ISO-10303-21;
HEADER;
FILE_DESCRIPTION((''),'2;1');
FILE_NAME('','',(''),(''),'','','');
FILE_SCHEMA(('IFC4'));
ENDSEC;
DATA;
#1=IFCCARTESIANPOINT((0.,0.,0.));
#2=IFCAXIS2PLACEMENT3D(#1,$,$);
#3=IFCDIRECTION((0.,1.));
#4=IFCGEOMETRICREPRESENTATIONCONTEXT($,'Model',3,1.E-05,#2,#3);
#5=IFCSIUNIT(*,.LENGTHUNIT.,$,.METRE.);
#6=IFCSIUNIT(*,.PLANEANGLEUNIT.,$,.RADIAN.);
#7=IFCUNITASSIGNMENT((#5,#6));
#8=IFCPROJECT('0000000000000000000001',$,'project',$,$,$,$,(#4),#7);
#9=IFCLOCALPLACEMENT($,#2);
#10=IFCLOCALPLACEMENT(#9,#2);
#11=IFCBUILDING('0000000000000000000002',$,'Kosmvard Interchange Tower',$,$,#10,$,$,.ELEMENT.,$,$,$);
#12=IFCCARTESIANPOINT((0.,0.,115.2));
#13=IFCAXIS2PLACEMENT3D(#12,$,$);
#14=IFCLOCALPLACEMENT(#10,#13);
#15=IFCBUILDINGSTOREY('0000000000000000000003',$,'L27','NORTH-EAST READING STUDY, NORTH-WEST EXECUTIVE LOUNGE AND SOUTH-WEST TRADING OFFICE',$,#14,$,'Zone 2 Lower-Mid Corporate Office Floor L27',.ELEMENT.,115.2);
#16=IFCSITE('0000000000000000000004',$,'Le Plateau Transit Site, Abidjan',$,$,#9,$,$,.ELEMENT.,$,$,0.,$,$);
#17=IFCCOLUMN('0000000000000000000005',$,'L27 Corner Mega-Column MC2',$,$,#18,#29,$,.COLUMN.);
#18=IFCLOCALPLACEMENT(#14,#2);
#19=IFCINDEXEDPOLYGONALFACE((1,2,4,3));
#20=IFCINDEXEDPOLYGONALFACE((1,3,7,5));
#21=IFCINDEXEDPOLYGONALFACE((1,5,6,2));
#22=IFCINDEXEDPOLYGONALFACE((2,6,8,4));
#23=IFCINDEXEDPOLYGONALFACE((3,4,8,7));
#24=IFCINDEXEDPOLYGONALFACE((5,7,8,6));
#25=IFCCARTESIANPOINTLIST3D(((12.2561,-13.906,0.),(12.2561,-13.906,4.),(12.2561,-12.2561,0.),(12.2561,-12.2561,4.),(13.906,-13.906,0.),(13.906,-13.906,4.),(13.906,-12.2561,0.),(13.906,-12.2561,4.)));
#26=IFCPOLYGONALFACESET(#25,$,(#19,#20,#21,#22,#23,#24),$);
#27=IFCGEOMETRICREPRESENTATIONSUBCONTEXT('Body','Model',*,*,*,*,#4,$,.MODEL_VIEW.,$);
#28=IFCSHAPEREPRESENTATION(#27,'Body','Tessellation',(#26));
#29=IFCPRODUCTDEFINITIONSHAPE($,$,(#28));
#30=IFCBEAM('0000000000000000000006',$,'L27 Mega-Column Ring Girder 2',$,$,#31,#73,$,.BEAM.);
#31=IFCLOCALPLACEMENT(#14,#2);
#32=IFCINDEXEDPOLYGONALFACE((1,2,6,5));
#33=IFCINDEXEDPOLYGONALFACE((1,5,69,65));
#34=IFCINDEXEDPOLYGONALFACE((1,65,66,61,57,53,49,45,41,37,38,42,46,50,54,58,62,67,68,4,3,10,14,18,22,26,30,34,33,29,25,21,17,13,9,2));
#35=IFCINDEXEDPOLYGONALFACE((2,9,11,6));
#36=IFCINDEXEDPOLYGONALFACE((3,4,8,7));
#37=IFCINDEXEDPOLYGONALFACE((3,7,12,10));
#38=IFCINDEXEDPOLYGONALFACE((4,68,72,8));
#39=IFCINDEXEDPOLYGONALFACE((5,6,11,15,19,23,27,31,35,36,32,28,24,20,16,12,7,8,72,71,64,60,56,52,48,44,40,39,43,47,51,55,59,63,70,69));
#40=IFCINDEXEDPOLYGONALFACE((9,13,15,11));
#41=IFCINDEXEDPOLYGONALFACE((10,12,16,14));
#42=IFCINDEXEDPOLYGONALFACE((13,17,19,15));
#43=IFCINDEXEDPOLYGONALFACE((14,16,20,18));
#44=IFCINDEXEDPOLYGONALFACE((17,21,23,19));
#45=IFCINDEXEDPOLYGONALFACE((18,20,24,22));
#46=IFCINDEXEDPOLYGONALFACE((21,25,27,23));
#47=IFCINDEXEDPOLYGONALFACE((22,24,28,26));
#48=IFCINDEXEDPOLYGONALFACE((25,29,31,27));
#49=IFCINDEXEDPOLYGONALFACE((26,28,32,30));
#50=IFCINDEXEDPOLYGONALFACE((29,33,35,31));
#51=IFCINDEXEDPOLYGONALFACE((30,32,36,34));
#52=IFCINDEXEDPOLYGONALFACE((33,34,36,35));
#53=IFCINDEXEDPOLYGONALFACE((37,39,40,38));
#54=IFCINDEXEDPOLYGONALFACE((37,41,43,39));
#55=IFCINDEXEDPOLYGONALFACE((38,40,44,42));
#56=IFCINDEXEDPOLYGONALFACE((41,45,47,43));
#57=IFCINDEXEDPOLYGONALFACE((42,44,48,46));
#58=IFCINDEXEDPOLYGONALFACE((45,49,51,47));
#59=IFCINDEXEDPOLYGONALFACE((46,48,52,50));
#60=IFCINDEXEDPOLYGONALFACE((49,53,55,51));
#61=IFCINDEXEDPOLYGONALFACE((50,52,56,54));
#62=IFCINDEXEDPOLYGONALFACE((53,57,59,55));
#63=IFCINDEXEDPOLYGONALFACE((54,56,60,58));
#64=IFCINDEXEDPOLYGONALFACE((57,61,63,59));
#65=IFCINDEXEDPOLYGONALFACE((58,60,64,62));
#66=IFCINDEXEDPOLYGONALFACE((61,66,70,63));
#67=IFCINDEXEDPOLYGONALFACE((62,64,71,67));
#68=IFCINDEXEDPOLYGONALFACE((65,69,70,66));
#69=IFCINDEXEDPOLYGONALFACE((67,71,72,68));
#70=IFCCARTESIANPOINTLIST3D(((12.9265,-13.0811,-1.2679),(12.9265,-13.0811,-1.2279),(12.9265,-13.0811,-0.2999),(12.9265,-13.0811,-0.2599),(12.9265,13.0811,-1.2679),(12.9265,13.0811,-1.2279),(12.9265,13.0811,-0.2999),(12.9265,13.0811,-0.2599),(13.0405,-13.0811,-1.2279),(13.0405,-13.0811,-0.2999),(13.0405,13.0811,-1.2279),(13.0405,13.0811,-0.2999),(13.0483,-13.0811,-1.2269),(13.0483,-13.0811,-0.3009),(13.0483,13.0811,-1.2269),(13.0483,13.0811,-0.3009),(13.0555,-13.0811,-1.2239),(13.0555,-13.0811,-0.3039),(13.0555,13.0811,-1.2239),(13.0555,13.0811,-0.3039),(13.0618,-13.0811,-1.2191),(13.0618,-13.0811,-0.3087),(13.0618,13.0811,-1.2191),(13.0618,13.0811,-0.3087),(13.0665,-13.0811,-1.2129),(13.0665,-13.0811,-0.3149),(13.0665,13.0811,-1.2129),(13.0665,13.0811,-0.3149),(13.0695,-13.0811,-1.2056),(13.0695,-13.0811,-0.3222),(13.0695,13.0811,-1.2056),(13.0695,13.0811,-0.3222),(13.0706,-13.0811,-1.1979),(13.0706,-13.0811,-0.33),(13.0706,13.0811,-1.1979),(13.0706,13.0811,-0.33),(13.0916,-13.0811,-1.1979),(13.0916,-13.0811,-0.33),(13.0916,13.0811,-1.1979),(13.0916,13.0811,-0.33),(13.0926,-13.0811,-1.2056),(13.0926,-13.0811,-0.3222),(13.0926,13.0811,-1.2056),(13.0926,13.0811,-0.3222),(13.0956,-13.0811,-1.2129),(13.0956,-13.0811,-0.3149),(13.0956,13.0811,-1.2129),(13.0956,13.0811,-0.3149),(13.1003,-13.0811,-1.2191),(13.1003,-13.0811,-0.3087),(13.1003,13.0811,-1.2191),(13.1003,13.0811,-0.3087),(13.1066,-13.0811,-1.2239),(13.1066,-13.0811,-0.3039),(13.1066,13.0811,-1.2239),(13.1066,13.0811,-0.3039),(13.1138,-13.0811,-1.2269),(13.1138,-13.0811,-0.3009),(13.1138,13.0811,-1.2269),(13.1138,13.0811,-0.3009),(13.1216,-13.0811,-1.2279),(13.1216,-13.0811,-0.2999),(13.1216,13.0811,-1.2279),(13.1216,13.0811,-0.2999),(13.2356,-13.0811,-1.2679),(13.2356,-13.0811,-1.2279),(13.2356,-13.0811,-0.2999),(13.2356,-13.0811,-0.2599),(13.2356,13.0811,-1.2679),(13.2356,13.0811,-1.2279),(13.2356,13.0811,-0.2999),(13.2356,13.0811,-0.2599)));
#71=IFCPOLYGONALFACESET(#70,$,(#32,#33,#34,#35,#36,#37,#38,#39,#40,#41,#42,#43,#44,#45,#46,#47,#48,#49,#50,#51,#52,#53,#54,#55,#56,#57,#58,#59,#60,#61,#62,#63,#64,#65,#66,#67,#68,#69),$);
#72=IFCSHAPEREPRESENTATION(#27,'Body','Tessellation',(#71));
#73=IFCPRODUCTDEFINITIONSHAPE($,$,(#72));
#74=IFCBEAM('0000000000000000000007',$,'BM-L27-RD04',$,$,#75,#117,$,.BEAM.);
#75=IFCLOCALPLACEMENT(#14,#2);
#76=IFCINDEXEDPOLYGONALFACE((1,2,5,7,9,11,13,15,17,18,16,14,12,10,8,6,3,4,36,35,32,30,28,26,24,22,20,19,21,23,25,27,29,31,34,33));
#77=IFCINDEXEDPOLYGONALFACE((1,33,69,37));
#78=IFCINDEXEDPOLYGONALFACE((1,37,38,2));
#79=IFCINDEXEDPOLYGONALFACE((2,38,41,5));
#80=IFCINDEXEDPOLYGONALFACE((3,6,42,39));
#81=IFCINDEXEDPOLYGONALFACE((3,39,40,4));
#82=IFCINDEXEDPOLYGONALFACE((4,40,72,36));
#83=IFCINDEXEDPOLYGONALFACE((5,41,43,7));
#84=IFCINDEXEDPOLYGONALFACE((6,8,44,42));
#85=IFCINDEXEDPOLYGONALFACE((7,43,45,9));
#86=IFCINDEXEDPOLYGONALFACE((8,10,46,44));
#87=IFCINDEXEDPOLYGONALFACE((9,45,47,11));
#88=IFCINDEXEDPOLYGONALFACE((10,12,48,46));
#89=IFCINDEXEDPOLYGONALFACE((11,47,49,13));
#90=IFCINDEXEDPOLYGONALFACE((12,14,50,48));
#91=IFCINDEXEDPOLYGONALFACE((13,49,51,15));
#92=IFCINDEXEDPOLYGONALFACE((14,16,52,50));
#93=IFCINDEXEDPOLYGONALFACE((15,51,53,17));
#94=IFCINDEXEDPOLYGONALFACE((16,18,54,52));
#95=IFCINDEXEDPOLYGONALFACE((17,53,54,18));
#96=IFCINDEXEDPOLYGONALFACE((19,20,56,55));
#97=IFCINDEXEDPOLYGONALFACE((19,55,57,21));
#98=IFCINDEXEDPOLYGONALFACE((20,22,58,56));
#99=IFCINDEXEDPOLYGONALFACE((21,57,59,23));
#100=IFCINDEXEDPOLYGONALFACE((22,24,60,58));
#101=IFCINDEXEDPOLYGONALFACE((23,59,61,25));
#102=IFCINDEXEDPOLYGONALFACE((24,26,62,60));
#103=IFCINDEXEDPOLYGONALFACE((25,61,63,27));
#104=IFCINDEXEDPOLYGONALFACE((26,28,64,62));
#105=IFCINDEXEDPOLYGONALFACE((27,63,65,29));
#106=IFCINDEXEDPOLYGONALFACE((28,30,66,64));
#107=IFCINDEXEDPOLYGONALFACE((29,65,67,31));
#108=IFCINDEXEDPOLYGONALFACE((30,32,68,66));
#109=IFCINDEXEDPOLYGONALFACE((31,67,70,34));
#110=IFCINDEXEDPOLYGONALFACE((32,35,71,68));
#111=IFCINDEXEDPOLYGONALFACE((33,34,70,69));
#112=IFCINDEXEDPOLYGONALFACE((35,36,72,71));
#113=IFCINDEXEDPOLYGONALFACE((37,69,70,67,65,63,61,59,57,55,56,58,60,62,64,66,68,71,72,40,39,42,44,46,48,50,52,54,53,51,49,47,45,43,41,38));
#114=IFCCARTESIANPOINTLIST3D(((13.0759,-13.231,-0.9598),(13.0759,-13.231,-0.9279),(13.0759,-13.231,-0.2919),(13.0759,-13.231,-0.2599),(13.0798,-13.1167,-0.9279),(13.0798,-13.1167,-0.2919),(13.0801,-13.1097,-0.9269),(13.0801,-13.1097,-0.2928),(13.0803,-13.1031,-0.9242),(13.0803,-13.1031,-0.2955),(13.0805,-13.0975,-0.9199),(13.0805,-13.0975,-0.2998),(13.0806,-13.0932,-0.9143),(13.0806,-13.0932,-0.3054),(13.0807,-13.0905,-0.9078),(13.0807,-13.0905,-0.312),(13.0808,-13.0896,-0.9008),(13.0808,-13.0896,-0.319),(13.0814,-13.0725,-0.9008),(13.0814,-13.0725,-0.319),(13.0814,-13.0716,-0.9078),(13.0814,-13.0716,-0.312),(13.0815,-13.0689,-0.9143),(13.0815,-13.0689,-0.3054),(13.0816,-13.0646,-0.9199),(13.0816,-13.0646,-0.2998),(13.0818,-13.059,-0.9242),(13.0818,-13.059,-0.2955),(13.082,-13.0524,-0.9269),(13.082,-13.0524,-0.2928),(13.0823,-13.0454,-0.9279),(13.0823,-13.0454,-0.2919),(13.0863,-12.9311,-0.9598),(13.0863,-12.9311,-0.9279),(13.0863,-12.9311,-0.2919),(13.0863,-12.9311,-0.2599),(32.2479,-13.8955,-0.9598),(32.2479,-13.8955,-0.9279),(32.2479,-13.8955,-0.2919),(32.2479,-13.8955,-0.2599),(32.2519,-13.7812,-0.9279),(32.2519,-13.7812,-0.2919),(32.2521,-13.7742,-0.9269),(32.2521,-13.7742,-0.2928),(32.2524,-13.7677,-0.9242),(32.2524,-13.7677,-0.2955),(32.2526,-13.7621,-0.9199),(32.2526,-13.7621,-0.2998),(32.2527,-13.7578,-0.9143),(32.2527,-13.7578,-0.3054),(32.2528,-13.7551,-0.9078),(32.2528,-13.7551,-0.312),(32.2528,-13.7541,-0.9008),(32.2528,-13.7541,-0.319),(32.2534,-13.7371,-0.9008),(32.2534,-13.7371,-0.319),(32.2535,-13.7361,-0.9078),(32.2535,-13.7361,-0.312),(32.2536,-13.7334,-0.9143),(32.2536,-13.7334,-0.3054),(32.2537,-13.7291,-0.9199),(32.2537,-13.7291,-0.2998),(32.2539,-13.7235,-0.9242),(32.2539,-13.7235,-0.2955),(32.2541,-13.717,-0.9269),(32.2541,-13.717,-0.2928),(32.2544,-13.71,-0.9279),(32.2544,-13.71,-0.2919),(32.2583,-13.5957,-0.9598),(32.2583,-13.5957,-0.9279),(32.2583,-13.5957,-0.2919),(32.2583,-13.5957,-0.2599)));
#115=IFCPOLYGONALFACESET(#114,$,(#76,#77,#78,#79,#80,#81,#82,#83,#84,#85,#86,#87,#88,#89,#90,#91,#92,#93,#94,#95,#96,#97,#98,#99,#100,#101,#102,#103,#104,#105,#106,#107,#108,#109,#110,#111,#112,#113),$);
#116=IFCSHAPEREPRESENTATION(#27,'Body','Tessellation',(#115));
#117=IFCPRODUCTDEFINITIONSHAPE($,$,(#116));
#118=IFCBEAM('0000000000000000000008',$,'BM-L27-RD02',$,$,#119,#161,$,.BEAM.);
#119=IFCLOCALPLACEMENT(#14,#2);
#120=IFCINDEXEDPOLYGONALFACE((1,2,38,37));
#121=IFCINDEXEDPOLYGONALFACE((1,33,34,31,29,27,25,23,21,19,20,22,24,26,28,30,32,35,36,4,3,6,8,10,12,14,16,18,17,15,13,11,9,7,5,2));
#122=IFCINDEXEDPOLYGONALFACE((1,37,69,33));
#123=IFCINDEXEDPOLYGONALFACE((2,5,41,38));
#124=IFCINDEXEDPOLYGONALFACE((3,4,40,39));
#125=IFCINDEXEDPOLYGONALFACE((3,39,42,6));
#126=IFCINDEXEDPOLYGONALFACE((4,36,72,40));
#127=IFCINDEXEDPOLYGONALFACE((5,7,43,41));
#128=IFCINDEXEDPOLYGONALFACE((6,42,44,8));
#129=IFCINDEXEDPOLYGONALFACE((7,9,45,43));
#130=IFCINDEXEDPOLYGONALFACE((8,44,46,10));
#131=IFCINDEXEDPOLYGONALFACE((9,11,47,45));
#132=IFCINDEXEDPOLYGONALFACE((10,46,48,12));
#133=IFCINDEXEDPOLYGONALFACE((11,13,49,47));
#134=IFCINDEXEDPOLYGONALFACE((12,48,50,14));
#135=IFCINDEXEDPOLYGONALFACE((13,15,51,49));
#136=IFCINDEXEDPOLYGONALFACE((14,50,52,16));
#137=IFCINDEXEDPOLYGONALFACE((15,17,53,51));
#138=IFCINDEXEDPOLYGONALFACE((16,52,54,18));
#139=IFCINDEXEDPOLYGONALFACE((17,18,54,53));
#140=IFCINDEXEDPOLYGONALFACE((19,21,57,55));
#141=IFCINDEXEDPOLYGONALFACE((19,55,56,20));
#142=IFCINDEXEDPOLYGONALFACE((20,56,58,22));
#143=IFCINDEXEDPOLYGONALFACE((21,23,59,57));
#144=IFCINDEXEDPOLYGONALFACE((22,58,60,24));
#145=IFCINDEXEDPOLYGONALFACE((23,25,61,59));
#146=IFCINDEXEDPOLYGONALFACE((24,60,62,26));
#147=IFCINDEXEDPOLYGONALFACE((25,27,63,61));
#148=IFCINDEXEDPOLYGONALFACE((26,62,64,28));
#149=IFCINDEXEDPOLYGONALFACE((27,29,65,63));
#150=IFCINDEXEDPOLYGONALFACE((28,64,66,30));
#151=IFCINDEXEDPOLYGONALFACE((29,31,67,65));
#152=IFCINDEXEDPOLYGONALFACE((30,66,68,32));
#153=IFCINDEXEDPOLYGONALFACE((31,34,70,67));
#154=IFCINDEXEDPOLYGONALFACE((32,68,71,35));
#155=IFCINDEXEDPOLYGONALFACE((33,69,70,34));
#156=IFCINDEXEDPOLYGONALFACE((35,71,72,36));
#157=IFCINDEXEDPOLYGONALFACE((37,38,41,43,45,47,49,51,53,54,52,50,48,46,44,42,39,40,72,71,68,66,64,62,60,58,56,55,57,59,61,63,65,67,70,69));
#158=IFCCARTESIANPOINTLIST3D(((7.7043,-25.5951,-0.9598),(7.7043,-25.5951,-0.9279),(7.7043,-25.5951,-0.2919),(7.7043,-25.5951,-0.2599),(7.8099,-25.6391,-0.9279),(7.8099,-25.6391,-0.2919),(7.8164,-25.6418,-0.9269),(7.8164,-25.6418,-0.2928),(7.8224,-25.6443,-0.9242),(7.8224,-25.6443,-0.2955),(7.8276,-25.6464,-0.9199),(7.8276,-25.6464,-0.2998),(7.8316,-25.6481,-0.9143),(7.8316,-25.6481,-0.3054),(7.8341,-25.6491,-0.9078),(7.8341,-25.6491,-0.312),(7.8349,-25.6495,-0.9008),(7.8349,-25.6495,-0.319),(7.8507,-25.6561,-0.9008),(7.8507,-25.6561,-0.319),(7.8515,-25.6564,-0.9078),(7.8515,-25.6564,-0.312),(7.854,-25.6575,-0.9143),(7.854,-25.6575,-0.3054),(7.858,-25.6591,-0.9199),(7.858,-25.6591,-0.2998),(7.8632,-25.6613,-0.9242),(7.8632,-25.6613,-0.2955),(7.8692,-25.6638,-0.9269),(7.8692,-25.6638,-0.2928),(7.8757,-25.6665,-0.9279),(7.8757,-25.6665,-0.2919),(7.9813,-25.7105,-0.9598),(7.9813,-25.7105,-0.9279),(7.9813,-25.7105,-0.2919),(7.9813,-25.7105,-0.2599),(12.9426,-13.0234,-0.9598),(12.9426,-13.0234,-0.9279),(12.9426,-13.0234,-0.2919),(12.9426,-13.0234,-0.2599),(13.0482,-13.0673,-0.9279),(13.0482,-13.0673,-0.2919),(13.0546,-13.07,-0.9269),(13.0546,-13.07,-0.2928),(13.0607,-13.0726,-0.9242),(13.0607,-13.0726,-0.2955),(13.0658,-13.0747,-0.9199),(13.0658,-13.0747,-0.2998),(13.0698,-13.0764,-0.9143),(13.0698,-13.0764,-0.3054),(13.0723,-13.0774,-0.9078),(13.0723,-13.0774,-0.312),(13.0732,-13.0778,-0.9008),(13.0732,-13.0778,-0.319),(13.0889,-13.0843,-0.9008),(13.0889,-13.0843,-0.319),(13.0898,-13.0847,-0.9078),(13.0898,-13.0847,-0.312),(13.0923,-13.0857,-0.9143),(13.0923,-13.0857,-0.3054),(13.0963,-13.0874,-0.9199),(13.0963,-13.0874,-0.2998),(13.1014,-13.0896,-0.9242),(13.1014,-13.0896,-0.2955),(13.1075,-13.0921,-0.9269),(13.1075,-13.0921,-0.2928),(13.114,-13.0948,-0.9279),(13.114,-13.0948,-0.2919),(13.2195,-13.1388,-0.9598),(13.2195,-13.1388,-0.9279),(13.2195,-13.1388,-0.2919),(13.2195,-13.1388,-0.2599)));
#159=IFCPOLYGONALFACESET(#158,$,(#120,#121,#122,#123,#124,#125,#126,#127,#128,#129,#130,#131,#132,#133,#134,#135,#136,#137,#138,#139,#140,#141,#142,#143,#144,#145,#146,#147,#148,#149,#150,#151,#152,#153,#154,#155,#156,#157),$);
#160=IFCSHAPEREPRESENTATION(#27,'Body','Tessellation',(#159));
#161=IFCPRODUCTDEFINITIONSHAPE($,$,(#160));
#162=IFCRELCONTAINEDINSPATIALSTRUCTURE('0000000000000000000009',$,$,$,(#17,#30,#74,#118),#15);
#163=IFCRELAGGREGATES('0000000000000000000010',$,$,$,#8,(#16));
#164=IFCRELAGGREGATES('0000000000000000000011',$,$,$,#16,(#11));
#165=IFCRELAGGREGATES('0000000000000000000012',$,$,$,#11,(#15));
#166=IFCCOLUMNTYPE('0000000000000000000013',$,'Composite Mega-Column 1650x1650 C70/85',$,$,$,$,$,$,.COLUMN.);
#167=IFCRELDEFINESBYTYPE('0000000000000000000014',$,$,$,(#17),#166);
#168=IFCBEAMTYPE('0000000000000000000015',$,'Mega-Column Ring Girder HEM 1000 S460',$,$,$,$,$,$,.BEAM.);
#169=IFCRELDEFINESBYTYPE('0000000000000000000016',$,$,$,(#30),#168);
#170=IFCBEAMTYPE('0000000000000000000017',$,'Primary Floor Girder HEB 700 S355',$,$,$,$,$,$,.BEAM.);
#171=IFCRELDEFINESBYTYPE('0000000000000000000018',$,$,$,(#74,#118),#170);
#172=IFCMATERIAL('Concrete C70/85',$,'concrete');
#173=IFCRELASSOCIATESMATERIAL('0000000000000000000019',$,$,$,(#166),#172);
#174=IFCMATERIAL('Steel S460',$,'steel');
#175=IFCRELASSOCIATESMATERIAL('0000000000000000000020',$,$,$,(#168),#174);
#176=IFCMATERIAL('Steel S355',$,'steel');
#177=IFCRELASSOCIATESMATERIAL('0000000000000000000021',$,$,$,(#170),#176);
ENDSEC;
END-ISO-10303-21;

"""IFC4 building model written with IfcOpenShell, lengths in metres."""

from ifc_helpers import new_model, si_unit, direction, frame, origin, origin_2d, place, context, subcontext, project, spatial, rectangle, i_section, extrude, source, transform, mapped, material, material_profile, profile_set, type_object, element, save


model = new_model("IFC4")

# Units and contexts
model_context = context("Model", 3, precision=1e-05, world=origin(), true_north=direction((0.0, 1.0)))
body_context = subcontext(model_context, "Body", "Model", "MODEL_VIEW")
ifc_project = project(units=[si_unit("LENGTHUNIT", "METRE"), si_unit("PLANEANGLEUNIT", "RADIAN")], contexts=[model_context])

# Site, building, storey
site_placement = place(None, origin())
site = spatial("IfcSite", under=ifc_project, at=site_placement, Name="Le Plateau Transit Site, Abidjan", CompositionType="ELEMENT", RefElevation=0.0)
building_placement = place(site_placement, origin())
building = spatial("IfcBuilding", under=site, at=building_placement, Name="Kosmvard Interchange Tower", CompositionType="ELEMENT")
storey_placement = place(building_placement, frame((0.0, 0.0, 115.2)))
storey = spatial("IfcBuildingStorey", under=building, at=storey_placement, Name="L27", Description="NORTH-EAST READING STUDY, NORTH-WEST EXECUTIVE LOUNGE AND SOUTH-WEST TRADING OFFICE", LongName="Zone 2 Lower-Mid Corporate Office Floor L27", CompositionType="ELEMENT", Elevation=115.2)

# Column
ifc_material_1 = material(Name="Concrete C70/85", Category="concrete")
ifc_material_profile_1 = material_profile(ifc_material_1, rectangle(XDim=1.6499, YDim=1.6499, at=origin_2d()), Name="MC 1650x1650")
ifc_profile_set_1 = profile_set([ifc_material_profile_1], Name="Concrete C70/85")
column_type = type_object("IfcColumnType", Name="Composite Mega-Column 1650x1650 C70/85", PredefinedType="COLUMN", material=ifc_profile_set_1)
shared_shape_1 = source(origin(), body_context, "Body", "SweptSolid", [
    extrude(rectangle(XDim=1.6499, YDim=1.6499, at=origin_2d()), origin(), (0.0, 0.0, 1.0), 4.0),
])
column_placement = place(storey_placement, frame((13.0811, -13.0811, 0.0), z_axis=(0.0, 0.0, 1.0), x_axis=(1.0, 0.0, 0.0)))
element("IfcColumn", 1, at=column_placement, inside=storey, type_object=column_type, Name="L27 Corner Mega-Column MC2", PredefinedType="COLUMN", context=body_context, shape_type="MappedRepresentation", body=[
    mapped(shared_shape_1, transform((0.0, 0.0, 0.0), scale=1.0)),
])

# Beams
ifc_material_2 = material(Name="Steel S460", Category="steel")
ifc_material_profile_2 = material_profile(ifc_material_2, i_section(OverallWidth=0.3091, OverallDepth=1.0081, WebThickness=0.021, FlangeThickness=0.04, FilletRadius=0.03, at=origin_2d()), Name="HEM 1000")
ifc_profile_set_2 = profile_set([ifc_material_profile_2], Name="Steel S460")
beam_type_1 = type_object("IfcBeamType", Name="Mega-Column Ring Girder HEM 1000 S460", PredefinedType="BEAM", material=ifc_profile_set_2)
shared_shape_2 = source(origin(), body_context, "Body", "SweptSolid", [
    extrude(i_section(OverallWidth=0.3091, OverallDepth=1.0081, WebThickness=0.021, FlangeThickness=0.04, FilletRadius=0.03, at=origin_2d()), origin(), (0.0, 0.0, 1.0), 26.1621),
])
beam_1_placement = place(storey_placement, frame((13.0811, -13.0811, -0.7639), z_axis=(0.0, 1.0, 0.0), x_axis=(-1.0, 0.0, 0.0)))
element("IfcBeam", 2, at=beam_1_placement, inside=storey, type_object=beam_type_1, Name="L27 Mega-Column Ring Girder 2", PredefinedType="BEAM", context=body_context, shape_type="MappedRepresentation", body=[
    mapped(shared_shape_2, transform((0.0, 0.0, 0.0), scale=1.0)),
])
ifc_material_3 = material(Name="Steel S355", Category="steel")
ifc_material_profile_3 = material_profile(ifc_material_3, i_section(OverallWidth=0.3, OverallDepth=0.7, WebThickness=0.0171, FlangeThickness=0.032, FilletRadius=0.0271, at=origin_2d()), Name="HEB 700")
ifc_profile_set_3 = profile_set([ifc_material_profile_3], Name="Steel S355")
beam_type_2 = type_object("IfcBeamType", Name="Primary Floor Girder HEB 700 S355", PredefinedType="BEAM", material=ifc_profile_set_3)
shared_shape_3 = source(origin(), body_context, "Body", "SweptSolid", [
    extrude(i_section(OverallWidth=0.3, OverallDepth=0.7, WebThickness=0.0171, FlangeThickness=0.032, FilletRadius=0.0271, at=origin_2d()), origin(), (0.0, 0.0, 1.0), 19.1836),
])
beam_2_placement = place(storey_placement, frame((13.0811, -13.0811, -0.6099), z_axis=(0.9994, -0.034642, 0.0), x_axis=(0.034642, 0.9994, 0.0)))
element("IfcBeam", 3, at=beam_2_placement, inside=storey, type_object=beam_type_2, Name="BM-L27-RD04", PredefinedType="BEAM", context=body_context, shape_type="MappedRepresentation", body=[
    mapped(shared_shape_3, transform((0.0, 0.0, 0.0), scale=1.0)),
])
shared_shape_4 = source(origin(), body_context, "Body", "SweptSolid", [
    extrude(i_section(OverallWidth=0.3, OverallDepth=0.7, WebThickness=0.0171, FlangeThickness=0.032, FilletRadius=0.0271, at=origin_2d()), origin(), (0.0, 0.0, 1.0), 13.6194),
])
beam_3_placement = place(storey_placement, frame((13.0811, -13.0811, -0.6099), z_axis=(-0.384618, -0.923076, 0.0), x_axis=(0.923076, -0.384618, 0.0)))
element("IfcBeam", 4, at=beam_3_placement, inside=storey, type_object=beam_type_2, Name="BM-L27-RD02", PredefinedType="BEAM", context=body_context, shape_type="MappedRepresentation", body=[
    mapped(shared_shape_4, transform((0.0, 0.0, 0.0), scale=1.0)),
])

save(model, "model.ifc")
